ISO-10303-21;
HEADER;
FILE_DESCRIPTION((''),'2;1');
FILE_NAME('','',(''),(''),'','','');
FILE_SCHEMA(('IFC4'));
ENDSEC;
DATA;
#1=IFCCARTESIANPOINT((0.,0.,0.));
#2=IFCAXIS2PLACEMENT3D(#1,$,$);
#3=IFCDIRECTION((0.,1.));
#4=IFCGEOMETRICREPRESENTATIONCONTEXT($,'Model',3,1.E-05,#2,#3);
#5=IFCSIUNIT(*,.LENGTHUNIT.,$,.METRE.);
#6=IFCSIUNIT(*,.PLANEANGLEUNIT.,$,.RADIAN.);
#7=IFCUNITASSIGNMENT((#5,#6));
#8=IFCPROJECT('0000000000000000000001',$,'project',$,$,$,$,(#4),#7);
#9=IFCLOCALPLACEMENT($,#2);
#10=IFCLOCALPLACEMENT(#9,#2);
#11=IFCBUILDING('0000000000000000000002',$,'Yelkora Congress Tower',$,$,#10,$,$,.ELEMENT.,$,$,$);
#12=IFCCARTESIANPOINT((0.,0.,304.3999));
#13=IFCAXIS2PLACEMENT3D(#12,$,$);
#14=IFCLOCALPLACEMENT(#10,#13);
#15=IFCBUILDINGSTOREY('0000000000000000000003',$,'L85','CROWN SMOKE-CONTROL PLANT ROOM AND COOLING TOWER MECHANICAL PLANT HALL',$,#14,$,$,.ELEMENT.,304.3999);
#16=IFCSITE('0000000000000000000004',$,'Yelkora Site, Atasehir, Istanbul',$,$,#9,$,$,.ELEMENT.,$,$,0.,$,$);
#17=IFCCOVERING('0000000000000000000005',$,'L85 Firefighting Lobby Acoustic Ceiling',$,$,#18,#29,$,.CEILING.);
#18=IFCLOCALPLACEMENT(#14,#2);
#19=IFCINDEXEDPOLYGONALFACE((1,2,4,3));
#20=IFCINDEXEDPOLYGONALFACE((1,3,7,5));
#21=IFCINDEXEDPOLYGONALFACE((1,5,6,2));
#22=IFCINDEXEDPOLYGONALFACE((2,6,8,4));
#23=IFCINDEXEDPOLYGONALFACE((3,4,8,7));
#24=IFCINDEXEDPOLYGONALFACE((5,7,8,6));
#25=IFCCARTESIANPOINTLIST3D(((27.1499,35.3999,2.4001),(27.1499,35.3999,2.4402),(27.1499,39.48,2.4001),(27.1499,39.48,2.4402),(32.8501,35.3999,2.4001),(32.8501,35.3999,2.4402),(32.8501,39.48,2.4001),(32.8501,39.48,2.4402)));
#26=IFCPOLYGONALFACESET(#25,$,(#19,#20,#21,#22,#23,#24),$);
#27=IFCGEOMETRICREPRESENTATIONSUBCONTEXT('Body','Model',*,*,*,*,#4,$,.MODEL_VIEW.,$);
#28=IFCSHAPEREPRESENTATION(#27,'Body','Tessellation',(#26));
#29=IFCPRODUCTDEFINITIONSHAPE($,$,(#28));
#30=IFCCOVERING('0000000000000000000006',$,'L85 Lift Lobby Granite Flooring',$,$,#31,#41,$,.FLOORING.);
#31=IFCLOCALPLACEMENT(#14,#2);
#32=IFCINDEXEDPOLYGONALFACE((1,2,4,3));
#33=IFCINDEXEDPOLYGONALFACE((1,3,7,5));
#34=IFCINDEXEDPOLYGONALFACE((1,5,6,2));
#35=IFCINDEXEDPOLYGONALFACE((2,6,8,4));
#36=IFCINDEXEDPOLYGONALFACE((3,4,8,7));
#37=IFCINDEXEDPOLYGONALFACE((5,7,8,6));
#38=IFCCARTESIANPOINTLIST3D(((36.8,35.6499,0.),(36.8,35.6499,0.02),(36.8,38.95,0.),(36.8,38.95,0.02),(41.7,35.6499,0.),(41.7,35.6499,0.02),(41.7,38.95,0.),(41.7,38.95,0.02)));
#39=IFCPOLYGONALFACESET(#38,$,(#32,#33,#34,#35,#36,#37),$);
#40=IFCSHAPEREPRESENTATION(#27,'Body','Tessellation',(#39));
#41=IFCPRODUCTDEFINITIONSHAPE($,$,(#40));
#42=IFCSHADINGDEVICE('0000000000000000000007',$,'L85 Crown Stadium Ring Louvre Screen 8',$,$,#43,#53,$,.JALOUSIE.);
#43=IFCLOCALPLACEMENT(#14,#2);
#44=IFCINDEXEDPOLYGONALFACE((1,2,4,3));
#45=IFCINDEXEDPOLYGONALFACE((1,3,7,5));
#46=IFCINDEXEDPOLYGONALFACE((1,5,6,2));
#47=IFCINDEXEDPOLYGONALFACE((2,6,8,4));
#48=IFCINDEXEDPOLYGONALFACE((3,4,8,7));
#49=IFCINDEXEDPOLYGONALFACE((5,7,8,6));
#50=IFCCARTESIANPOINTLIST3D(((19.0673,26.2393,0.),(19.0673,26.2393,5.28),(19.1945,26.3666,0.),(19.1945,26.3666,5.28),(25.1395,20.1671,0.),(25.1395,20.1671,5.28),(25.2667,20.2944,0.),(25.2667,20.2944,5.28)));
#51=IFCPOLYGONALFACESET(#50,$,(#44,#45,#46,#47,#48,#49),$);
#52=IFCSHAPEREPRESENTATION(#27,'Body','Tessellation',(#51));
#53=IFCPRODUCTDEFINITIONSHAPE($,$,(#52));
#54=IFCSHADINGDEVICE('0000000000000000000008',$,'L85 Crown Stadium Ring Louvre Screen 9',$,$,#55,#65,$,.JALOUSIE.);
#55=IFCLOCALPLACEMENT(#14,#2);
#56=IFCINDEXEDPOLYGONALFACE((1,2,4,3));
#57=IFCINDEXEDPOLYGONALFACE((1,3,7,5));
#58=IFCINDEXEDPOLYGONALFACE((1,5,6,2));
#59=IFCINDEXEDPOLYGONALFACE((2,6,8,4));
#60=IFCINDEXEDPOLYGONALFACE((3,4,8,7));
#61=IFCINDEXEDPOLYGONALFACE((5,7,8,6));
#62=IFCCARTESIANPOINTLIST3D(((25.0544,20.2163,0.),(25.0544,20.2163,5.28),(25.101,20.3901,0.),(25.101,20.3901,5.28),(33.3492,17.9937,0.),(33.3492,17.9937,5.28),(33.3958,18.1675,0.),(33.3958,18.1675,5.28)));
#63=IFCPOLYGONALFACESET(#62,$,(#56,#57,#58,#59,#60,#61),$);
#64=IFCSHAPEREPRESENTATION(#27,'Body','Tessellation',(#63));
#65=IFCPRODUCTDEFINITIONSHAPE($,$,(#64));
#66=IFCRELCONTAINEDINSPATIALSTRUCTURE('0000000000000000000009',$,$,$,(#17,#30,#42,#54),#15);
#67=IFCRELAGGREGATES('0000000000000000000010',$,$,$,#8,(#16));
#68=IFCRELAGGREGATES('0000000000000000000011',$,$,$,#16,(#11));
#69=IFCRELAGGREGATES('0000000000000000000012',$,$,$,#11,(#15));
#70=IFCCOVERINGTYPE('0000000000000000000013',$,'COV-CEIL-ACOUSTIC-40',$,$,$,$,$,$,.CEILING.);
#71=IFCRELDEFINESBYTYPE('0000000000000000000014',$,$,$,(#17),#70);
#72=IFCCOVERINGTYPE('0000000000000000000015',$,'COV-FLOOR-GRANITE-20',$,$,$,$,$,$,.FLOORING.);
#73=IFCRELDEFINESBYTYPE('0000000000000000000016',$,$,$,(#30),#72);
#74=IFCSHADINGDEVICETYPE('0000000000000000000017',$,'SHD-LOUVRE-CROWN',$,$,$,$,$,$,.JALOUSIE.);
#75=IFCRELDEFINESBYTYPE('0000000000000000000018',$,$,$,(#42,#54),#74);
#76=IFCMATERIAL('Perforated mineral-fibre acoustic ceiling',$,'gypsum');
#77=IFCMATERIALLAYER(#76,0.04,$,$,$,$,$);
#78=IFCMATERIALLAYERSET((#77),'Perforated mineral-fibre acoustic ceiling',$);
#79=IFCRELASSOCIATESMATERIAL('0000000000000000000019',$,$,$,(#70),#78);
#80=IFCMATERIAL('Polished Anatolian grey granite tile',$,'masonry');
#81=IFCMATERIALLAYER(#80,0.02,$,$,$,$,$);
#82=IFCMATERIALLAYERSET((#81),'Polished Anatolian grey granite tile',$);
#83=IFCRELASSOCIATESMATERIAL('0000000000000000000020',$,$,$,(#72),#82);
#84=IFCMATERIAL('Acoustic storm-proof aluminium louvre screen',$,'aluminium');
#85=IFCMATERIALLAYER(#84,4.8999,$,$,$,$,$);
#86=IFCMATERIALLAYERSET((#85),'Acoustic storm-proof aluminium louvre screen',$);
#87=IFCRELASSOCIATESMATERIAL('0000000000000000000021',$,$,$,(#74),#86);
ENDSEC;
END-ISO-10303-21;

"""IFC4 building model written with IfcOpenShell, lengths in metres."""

from ifc_helpers import new_model, si_unit, direction, frame, origin, origin_2d, place, context, subcontext, project, spatial, polyline, rectangle, outline, extrude, material, layer, layer_set, type_object, element, save


model = new_model("IFC4")

# Units and contexts
model_context = context("Model", 3, precision=1e-05, world=origin(), true_north=direction((0.0, 1.0)))
body_context = subcontext(model_context, "Body", "Model", "MODEL_VIEW")
ifc_project = project(units=[si_unit("LENGTHUNIT", "METRE"), si_unit("PLANEANGLEUNIT", "RADIAN")], contexts=[model_context])

# Site, building, storey
site_placement = place(None, origin())
site = spatial("IfcSite", under=ifc_project, at=site_placement, Name="Yelkora Site, Atasehir, Istanbul", CompositionType="ELEMENT", RefElevation=0.0)
building_placement = place(site_placement, origin())
building = spatial("IfcBuilding", under=site, at=building_placement, Name="Yelkora Congress Tower", CompositionType="ELEMENT")
storey_placement = place(building_placement, frame((0.0, 0.0, 304.3999)))
storey = spatial("IfcBuildingStorey", under=building, at=storey_placement, Name="L85", Description="CROWN SMOKE-CONTROL PLANT ROOM AND COOLING TOWER MECHANICAL PLANT HALL", CompositionType="ELEMENT", Elevation=304.3999)

# Coverings
ifc_material_1 = material(Name="Perforated mineral-fibre acoustic ceiling", Category="gypsum")
ifc_layer_1 = layer(ifc_material_1, 0.04)
ifc_layer_set_1 = layer_set([ifc_layer_1], Name="Perforated mineral-fibre acoustic ceiling")
covering_type_1 = type_object("IfcCoveringType", Name="COV-CEIL-ACOUSTIC-40", PredefinedType="CEILING", material=ifc_layer_set_1)
covering_1_placement = place(storey_placement, frame((0.0, 0.0, 2.4001)))
element("IfcCovering", 1, at=covering_1_placement, inside=storey, type_object=covering_type_1, Name="L85 Firefighting Lobby Acoustic Ceiling", PredefinedType="CEILING", context=body_context, shape_type="SweptSolid", body=[
    extrude(outline(polyline([(27.1499, 35.3999), (32.8501, 35.3999), (32.8501, 39.48), (27.1499, 39.48), (27.1499, 35.3999)])), origin(), (0.0, 0.0, 1.0), 0.04),
])
ifc_material_2 = material(Name="Polished Anatolian grey granite tile", Category="masonry")
ifc_layer_2 = layer(ifc_material_2, 0.02)
ifc_layer_set_2 = layer_set([ifc_layer_2], Name="Polished Anatolian grey granite tile")
covering_type_2 = type_object("IfcCoveringType", Name="COV-FLOOR-GRANITE-20", PredefinedType="FLOORING", material=ifc_layer_set_2)
covering_2_placement = place(storey_placement, origin())
element("IfcCovering", 2, at=covering_2_placement, inside=storey, type_object=covering_type_2, Name="L85 Lift Lobby Granite Flooring", PredefinedType="FLOORING", context=body_context, shape_type="SweptSolid", body=[
    extrude(outline(polyline([(36.8, 35.6499), (41.7, 35.6499), (41.7, 38.95), (36.8, 38.95), (36.8, 35.6499)])), origin(), (0.0, 0.0, 1.0), 0.02),
])

# Shading devices
ifc_material_3 = material(Name="Acoustic storm-proof aluminium louvre screen", Category="aluminium")
ifc_layer_3 = layer(ifc_material_3, 4.8999)
ifc_layer_set_3 = layer_set([ifc_layer_3], Name="Acoustic storm-proof aluminium louvre screen")
shading_device_type = type_object("IfcShadingDeviceType", Name="SHD-LOUVRE-CROWN", PredefinedType="JALOUSIE", material=ifc_layer_set_3)
for number, where, z_axis, x_axis, name in (
    (3, (22.167, 23.2668, 0.0), (0.0, 0.0, 1.0), (0.707107, -0.707107, 0.0), "L85 Crown Stadium Ring Louvre Screen 8"),
    (4, (29.2251, 19.1919, 0.0), (0.0, 0.0, 1.0), (0.965926, -0.258819, 0.0), "L85 Crown Stadium Ring Louvre Screen 9"),
):
    element("IfcShadingDevice", number, at=place(storey_placement, frame(where, z_axis=z_axis, x_axis=x_axis)), inside=storey, type_object=shading_device_type, Name=name, PredefinedType="JALOUSIE", context=body_context, shape_type="SweptSolid", body=[
        extrude(rectangle(XDim=8.5874, YDim=0.1799, at=origin_2d()), origin(), (0.0, 0.0, 1.0), 5.28),
    ])

save(model, "model.ifc")
